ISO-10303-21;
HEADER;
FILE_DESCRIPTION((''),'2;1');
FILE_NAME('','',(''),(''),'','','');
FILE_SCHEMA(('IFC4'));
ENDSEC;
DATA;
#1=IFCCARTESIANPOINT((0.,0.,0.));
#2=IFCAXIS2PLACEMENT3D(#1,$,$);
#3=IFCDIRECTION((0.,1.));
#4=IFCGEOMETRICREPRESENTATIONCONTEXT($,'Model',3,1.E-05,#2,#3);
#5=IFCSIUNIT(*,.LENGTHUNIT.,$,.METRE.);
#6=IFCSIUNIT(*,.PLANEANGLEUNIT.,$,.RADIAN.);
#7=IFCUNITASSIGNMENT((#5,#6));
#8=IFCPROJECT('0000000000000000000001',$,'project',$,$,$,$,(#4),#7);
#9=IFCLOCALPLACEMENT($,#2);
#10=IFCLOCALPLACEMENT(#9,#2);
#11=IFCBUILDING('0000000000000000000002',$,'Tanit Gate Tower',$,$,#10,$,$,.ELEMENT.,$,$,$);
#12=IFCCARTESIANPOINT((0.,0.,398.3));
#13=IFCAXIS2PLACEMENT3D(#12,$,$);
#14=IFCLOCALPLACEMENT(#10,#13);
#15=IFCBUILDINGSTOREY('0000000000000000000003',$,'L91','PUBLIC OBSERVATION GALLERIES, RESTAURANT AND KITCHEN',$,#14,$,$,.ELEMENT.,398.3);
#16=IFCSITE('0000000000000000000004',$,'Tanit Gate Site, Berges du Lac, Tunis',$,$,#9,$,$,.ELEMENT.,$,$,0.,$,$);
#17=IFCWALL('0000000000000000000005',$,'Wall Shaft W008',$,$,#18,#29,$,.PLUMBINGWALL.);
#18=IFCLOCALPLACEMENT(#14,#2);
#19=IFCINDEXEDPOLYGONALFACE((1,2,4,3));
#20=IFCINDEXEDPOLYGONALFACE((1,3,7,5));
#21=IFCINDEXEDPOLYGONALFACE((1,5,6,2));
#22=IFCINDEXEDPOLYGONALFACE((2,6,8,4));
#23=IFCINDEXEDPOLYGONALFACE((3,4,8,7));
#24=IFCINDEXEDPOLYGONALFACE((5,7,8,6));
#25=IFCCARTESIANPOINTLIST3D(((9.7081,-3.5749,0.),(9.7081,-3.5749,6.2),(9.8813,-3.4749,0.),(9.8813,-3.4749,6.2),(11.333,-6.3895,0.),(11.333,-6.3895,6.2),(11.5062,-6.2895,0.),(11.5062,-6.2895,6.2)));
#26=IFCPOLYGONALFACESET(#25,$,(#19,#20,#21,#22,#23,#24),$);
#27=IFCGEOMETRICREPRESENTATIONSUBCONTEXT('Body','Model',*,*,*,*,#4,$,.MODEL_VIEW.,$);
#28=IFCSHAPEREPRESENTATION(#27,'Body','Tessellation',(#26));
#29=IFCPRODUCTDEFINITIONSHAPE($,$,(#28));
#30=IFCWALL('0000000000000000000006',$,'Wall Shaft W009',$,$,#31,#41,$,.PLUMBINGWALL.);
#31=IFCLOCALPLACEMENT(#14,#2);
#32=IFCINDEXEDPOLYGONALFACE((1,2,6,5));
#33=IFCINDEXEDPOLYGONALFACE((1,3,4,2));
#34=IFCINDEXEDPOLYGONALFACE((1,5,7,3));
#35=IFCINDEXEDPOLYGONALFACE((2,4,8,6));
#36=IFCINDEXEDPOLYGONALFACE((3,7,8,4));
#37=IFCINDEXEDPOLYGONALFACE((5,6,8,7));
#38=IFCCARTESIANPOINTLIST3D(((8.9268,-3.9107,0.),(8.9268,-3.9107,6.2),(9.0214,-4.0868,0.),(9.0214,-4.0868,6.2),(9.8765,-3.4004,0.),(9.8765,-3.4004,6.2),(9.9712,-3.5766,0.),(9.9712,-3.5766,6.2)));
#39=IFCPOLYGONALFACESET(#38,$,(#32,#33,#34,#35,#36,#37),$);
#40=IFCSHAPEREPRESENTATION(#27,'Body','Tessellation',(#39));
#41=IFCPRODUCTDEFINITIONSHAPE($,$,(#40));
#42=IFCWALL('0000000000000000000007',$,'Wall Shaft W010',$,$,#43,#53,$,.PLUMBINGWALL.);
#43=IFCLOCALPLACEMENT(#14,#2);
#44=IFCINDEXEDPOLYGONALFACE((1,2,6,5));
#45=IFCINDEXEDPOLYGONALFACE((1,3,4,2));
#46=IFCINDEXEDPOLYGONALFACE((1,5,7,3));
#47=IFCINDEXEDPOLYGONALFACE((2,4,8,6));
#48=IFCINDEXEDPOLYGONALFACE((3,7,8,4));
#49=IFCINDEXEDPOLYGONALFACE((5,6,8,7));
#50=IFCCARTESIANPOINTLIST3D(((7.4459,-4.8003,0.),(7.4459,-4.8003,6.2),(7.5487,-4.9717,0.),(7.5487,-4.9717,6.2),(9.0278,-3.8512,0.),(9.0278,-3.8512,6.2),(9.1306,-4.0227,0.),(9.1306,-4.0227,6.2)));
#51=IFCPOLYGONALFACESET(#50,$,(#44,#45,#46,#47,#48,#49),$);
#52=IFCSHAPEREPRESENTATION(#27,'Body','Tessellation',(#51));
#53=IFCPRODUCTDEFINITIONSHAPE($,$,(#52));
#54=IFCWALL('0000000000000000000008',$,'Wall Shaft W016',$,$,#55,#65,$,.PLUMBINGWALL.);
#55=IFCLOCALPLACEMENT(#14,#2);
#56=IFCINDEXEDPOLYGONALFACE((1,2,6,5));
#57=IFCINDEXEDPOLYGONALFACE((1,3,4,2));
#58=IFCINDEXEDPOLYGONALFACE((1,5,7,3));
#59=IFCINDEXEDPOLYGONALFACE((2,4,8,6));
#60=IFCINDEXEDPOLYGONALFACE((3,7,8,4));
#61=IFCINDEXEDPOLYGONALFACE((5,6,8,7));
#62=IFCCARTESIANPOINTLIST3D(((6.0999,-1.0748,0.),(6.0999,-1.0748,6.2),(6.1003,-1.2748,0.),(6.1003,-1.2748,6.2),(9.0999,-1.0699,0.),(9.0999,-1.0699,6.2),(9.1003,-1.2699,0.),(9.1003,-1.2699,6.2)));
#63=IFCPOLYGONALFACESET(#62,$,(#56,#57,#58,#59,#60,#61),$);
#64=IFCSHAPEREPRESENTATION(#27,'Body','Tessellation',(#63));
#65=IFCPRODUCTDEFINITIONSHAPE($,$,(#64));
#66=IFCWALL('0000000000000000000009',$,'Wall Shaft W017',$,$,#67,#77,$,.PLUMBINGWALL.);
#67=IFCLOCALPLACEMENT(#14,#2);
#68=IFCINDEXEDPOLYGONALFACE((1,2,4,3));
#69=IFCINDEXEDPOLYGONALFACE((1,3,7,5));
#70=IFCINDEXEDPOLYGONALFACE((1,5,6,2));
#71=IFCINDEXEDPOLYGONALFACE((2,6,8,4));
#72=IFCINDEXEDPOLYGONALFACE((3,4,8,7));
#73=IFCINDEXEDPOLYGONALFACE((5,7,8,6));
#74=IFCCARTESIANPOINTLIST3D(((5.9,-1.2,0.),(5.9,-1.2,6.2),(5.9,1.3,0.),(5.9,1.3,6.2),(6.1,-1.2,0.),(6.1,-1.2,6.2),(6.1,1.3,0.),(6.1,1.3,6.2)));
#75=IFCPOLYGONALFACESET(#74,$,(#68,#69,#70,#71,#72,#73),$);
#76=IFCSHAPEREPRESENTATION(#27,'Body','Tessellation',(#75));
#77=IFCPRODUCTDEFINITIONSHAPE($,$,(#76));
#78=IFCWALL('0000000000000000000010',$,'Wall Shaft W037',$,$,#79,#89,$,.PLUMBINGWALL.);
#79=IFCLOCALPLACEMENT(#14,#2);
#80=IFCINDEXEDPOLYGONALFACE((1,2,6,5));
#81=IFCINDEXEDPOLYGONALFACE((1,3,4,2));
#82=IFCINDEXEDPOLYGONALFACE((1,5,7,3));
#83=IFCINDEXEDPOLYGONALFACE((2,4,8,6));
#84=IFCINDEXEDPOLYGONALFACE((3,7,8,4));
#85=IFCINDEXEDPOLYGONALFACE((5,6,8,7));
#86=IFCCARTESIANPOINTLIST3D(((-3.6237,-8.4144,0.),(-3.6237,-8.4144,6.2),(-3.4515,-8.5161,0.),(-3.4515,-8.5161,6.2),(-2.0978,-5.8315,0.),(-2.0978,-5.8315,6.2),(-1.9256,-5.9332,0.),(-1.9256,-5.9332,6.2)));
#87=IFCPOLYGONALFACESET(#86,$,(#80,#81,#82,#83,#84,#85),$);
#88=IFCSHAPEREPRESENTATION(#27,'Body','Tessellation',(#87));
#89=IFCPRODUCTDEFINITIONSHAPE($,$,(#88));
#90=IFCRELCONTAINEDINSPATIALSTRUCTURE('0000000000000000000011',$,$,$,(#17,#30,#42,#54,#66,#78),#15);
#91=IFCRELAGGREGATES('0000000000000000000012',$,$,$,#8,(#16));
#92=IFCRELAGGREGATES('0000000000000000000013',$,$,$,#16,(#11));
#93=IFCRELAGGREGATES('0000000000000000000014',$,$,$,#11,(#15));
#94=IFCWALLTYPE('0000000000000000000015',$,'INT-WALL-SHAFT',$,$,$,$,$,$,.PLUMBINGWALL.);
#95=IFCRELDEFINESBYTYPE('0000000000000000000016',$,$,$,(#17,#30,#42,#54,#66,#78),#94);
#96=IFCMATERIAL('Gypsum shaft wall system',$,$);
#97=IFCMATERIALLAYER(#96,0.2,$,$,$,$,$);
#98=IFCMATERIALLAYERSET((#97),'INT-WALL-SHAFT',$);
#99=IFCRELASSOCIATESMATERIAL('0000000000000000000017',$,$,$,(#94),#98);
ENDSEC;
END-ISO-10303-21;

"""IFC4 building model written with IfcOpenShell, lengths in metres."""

from ifc_helpers import new_model, si_unit, direction, frame, frame_2d, origin, place, context, subcontext, project, spatial, rectangle, extrude, material, layer, layer_set, type_object, element, save


model = new_model("IFC4")

# Units and contexts
model_context = context("Model", 3, precision=1e-05, world=origin(), true_north=direction((0.0, 1.0)))
body_context = subcontext(model_context, "Body", "Model", "MODEL_VIEW")
ifc_project = project(units=[si_unit("LENGTHUNIT", "METRE"), si_unit("PLANEANGLEUNIT", "RADIAN")], contexts=[model_context])

# Site, building, storey
site_placement = place(None, origin())
site = spatial("IfcSite", under=ifc_project, at=site_placement, Name="Tanit Gate Site, Berges du Lac, Tunis", CompositionType="ELEMENT", RefElevation=0.0)
building_placement = place(site_placement, origin())
building = spatial("IfcBuilding", under=site, at=building_placement, Name="Tanit Gate Tower", CompositionType="ELEMENT")
storey_placement = place(building_placement, frame((0.0, 0.0, 398.3)))
storey = spatial("IfcBuildingStorey", under=building, at=storey_placement, Name="L91", Description="PUBLIC OBSERVATION GALLERIES, RESTAURANT AND KITCHEN", CompositionType="ELEMENT", Elevation=398.3)

# Walls
ifc_material_1 = material(Name="Gypsum shaft wall system")
ifc_layer_1 = layer(ifc_material_1, 0.2)
ifc_layer_set_1 = layer_set([ifc_layer_1], Name="INT-WALL-SHAFT")
wall_type_1 = type_object("IfcWallType", Name="INT-WALL-SHAFT", PredefinedType="PLUMBINGWALL", material=ifc_layer_set_1)
wall_1_placement = place(storey_placement, frame((9.7947, -3.5249, 0.0), z_axis=(0.0, 0.0, 1.0), x_axis=(0.499985, -0.866034, 0.0)))
element("IfcWall", 1, at=wall_1_placement, inside=storey, type_object=wall_type_1, Name="Wall Shaft W008", PredefinedType="PLUMBINGWALL", context=body_context, shape_type="SweptSolid", body=[
    extrude(rectangle(XDim=3.25, YDim=0.2, at=frame_2d((1.625, 0.0))), origin(), (0.0, 0.0, 1.0), 6.2),
])
wall_2_placement = place(storey_placement, frame((8.9741, -3.9988, 0.0), z_axis=(0.0, 0.0, 1.0), x_axis=(0.880907, 0.473289, 0.0)))
element("IfcWall", 2, at=wall_2_placement, inside=storey, type_object=wall_type_1, Name="Wall Shaft W009", PredefinedType="PLUMBINGWALL", context=body_context, shape_type="SweptSolid", body=[
    extrude(rectangle(XDim=1.0781, YDim=0.2, at=frame_2d((0.5391, 0.0))), origin(), (0.0, 0.0, 1.0), 6.2),
])
wall_3_placement = place(storey_placement, frame((7.4973, -4.886, 0.0), z_axis=(0.0, 0.0, 1.0), x_axis=(0.857516, 0.514457, 0.0)))
element("IfcWall", 3, at=wall_3_placement, inside=storey, type_object=wall_type_1, Name="Wall Shaft W010", PredefinedType="PLUMBINGWALL", context=body_context, shape_type="SweptSolid", body=[
    extrude(rectangle(XDim=1.8447, YDim=0.2, at=frame_2d((0.9224, 0.0))), origin(), (0.0, 0.0, 1.0), 6.2),
])
wall_4_placement = place(storey_placement, frame((9.1001, -1.1699, 0.0), z_axis=(0.0, 0.0, 1.0), x_axis=(-0.999999, -0.001628, 0.0)))
element("IfcWall", 4, at=wall_4_placement, inside=storey, type_object=wall_type_1, Name="Wall Shaft W016", PredefinedType="PLUMBINGWALL", context=body_context, shape_type="SweptSolid", body=[
    extrude(rectangle(XDim=3.0, YDim=0.2, at=frame_2d((1.5, 0.0))), origin(), (0.0, 0.0, 1.0), 6.2),
])
wall_5_placement = place(storey_placement, frame((6.0, -1.2, 0.0), z_axis=(0.0, 0.0, 1.0), x_axis=(0.0, 1.0, 0.0)))
element("IfcWall", 5, at=wall_5_placement, inside=storey, type_object=wall_type_1, Name="Wall Shaft W017", PredefinedType="PLUMBINGWALL", context=body_context, shape_type="SweptSolid", body=[
    extrude(rectangle(XDim=2.5, YDim=0.2, at=frame_2d((1.25, 0.0))), origin(), (0.0, 0.0, 1.0), 6.2),
])
wall_6_placement = place(storey_placement, frame((-2.0117, -5.8823, 0.0), z_axis=(0.0, 0.0, 1.0), x_axis=(-0.50862, -0.860991, 0.0)))
element("IfcWall", 6, at=wall_6_placement, inside=storey, type_object=wall_type_1, Name="Wall Shaft W037", PredefinedType="PLUMBINGWALL", context=body_context, shape_type="SweptSolid", body=[
    extrude(rectangle(XDim=3.0, YDim=0.2, at=frame_2d((1.5, 0.0))), origin(), (0.0, 0.0, 1.0), 6.2),
])

save(model, "model.ifc")
